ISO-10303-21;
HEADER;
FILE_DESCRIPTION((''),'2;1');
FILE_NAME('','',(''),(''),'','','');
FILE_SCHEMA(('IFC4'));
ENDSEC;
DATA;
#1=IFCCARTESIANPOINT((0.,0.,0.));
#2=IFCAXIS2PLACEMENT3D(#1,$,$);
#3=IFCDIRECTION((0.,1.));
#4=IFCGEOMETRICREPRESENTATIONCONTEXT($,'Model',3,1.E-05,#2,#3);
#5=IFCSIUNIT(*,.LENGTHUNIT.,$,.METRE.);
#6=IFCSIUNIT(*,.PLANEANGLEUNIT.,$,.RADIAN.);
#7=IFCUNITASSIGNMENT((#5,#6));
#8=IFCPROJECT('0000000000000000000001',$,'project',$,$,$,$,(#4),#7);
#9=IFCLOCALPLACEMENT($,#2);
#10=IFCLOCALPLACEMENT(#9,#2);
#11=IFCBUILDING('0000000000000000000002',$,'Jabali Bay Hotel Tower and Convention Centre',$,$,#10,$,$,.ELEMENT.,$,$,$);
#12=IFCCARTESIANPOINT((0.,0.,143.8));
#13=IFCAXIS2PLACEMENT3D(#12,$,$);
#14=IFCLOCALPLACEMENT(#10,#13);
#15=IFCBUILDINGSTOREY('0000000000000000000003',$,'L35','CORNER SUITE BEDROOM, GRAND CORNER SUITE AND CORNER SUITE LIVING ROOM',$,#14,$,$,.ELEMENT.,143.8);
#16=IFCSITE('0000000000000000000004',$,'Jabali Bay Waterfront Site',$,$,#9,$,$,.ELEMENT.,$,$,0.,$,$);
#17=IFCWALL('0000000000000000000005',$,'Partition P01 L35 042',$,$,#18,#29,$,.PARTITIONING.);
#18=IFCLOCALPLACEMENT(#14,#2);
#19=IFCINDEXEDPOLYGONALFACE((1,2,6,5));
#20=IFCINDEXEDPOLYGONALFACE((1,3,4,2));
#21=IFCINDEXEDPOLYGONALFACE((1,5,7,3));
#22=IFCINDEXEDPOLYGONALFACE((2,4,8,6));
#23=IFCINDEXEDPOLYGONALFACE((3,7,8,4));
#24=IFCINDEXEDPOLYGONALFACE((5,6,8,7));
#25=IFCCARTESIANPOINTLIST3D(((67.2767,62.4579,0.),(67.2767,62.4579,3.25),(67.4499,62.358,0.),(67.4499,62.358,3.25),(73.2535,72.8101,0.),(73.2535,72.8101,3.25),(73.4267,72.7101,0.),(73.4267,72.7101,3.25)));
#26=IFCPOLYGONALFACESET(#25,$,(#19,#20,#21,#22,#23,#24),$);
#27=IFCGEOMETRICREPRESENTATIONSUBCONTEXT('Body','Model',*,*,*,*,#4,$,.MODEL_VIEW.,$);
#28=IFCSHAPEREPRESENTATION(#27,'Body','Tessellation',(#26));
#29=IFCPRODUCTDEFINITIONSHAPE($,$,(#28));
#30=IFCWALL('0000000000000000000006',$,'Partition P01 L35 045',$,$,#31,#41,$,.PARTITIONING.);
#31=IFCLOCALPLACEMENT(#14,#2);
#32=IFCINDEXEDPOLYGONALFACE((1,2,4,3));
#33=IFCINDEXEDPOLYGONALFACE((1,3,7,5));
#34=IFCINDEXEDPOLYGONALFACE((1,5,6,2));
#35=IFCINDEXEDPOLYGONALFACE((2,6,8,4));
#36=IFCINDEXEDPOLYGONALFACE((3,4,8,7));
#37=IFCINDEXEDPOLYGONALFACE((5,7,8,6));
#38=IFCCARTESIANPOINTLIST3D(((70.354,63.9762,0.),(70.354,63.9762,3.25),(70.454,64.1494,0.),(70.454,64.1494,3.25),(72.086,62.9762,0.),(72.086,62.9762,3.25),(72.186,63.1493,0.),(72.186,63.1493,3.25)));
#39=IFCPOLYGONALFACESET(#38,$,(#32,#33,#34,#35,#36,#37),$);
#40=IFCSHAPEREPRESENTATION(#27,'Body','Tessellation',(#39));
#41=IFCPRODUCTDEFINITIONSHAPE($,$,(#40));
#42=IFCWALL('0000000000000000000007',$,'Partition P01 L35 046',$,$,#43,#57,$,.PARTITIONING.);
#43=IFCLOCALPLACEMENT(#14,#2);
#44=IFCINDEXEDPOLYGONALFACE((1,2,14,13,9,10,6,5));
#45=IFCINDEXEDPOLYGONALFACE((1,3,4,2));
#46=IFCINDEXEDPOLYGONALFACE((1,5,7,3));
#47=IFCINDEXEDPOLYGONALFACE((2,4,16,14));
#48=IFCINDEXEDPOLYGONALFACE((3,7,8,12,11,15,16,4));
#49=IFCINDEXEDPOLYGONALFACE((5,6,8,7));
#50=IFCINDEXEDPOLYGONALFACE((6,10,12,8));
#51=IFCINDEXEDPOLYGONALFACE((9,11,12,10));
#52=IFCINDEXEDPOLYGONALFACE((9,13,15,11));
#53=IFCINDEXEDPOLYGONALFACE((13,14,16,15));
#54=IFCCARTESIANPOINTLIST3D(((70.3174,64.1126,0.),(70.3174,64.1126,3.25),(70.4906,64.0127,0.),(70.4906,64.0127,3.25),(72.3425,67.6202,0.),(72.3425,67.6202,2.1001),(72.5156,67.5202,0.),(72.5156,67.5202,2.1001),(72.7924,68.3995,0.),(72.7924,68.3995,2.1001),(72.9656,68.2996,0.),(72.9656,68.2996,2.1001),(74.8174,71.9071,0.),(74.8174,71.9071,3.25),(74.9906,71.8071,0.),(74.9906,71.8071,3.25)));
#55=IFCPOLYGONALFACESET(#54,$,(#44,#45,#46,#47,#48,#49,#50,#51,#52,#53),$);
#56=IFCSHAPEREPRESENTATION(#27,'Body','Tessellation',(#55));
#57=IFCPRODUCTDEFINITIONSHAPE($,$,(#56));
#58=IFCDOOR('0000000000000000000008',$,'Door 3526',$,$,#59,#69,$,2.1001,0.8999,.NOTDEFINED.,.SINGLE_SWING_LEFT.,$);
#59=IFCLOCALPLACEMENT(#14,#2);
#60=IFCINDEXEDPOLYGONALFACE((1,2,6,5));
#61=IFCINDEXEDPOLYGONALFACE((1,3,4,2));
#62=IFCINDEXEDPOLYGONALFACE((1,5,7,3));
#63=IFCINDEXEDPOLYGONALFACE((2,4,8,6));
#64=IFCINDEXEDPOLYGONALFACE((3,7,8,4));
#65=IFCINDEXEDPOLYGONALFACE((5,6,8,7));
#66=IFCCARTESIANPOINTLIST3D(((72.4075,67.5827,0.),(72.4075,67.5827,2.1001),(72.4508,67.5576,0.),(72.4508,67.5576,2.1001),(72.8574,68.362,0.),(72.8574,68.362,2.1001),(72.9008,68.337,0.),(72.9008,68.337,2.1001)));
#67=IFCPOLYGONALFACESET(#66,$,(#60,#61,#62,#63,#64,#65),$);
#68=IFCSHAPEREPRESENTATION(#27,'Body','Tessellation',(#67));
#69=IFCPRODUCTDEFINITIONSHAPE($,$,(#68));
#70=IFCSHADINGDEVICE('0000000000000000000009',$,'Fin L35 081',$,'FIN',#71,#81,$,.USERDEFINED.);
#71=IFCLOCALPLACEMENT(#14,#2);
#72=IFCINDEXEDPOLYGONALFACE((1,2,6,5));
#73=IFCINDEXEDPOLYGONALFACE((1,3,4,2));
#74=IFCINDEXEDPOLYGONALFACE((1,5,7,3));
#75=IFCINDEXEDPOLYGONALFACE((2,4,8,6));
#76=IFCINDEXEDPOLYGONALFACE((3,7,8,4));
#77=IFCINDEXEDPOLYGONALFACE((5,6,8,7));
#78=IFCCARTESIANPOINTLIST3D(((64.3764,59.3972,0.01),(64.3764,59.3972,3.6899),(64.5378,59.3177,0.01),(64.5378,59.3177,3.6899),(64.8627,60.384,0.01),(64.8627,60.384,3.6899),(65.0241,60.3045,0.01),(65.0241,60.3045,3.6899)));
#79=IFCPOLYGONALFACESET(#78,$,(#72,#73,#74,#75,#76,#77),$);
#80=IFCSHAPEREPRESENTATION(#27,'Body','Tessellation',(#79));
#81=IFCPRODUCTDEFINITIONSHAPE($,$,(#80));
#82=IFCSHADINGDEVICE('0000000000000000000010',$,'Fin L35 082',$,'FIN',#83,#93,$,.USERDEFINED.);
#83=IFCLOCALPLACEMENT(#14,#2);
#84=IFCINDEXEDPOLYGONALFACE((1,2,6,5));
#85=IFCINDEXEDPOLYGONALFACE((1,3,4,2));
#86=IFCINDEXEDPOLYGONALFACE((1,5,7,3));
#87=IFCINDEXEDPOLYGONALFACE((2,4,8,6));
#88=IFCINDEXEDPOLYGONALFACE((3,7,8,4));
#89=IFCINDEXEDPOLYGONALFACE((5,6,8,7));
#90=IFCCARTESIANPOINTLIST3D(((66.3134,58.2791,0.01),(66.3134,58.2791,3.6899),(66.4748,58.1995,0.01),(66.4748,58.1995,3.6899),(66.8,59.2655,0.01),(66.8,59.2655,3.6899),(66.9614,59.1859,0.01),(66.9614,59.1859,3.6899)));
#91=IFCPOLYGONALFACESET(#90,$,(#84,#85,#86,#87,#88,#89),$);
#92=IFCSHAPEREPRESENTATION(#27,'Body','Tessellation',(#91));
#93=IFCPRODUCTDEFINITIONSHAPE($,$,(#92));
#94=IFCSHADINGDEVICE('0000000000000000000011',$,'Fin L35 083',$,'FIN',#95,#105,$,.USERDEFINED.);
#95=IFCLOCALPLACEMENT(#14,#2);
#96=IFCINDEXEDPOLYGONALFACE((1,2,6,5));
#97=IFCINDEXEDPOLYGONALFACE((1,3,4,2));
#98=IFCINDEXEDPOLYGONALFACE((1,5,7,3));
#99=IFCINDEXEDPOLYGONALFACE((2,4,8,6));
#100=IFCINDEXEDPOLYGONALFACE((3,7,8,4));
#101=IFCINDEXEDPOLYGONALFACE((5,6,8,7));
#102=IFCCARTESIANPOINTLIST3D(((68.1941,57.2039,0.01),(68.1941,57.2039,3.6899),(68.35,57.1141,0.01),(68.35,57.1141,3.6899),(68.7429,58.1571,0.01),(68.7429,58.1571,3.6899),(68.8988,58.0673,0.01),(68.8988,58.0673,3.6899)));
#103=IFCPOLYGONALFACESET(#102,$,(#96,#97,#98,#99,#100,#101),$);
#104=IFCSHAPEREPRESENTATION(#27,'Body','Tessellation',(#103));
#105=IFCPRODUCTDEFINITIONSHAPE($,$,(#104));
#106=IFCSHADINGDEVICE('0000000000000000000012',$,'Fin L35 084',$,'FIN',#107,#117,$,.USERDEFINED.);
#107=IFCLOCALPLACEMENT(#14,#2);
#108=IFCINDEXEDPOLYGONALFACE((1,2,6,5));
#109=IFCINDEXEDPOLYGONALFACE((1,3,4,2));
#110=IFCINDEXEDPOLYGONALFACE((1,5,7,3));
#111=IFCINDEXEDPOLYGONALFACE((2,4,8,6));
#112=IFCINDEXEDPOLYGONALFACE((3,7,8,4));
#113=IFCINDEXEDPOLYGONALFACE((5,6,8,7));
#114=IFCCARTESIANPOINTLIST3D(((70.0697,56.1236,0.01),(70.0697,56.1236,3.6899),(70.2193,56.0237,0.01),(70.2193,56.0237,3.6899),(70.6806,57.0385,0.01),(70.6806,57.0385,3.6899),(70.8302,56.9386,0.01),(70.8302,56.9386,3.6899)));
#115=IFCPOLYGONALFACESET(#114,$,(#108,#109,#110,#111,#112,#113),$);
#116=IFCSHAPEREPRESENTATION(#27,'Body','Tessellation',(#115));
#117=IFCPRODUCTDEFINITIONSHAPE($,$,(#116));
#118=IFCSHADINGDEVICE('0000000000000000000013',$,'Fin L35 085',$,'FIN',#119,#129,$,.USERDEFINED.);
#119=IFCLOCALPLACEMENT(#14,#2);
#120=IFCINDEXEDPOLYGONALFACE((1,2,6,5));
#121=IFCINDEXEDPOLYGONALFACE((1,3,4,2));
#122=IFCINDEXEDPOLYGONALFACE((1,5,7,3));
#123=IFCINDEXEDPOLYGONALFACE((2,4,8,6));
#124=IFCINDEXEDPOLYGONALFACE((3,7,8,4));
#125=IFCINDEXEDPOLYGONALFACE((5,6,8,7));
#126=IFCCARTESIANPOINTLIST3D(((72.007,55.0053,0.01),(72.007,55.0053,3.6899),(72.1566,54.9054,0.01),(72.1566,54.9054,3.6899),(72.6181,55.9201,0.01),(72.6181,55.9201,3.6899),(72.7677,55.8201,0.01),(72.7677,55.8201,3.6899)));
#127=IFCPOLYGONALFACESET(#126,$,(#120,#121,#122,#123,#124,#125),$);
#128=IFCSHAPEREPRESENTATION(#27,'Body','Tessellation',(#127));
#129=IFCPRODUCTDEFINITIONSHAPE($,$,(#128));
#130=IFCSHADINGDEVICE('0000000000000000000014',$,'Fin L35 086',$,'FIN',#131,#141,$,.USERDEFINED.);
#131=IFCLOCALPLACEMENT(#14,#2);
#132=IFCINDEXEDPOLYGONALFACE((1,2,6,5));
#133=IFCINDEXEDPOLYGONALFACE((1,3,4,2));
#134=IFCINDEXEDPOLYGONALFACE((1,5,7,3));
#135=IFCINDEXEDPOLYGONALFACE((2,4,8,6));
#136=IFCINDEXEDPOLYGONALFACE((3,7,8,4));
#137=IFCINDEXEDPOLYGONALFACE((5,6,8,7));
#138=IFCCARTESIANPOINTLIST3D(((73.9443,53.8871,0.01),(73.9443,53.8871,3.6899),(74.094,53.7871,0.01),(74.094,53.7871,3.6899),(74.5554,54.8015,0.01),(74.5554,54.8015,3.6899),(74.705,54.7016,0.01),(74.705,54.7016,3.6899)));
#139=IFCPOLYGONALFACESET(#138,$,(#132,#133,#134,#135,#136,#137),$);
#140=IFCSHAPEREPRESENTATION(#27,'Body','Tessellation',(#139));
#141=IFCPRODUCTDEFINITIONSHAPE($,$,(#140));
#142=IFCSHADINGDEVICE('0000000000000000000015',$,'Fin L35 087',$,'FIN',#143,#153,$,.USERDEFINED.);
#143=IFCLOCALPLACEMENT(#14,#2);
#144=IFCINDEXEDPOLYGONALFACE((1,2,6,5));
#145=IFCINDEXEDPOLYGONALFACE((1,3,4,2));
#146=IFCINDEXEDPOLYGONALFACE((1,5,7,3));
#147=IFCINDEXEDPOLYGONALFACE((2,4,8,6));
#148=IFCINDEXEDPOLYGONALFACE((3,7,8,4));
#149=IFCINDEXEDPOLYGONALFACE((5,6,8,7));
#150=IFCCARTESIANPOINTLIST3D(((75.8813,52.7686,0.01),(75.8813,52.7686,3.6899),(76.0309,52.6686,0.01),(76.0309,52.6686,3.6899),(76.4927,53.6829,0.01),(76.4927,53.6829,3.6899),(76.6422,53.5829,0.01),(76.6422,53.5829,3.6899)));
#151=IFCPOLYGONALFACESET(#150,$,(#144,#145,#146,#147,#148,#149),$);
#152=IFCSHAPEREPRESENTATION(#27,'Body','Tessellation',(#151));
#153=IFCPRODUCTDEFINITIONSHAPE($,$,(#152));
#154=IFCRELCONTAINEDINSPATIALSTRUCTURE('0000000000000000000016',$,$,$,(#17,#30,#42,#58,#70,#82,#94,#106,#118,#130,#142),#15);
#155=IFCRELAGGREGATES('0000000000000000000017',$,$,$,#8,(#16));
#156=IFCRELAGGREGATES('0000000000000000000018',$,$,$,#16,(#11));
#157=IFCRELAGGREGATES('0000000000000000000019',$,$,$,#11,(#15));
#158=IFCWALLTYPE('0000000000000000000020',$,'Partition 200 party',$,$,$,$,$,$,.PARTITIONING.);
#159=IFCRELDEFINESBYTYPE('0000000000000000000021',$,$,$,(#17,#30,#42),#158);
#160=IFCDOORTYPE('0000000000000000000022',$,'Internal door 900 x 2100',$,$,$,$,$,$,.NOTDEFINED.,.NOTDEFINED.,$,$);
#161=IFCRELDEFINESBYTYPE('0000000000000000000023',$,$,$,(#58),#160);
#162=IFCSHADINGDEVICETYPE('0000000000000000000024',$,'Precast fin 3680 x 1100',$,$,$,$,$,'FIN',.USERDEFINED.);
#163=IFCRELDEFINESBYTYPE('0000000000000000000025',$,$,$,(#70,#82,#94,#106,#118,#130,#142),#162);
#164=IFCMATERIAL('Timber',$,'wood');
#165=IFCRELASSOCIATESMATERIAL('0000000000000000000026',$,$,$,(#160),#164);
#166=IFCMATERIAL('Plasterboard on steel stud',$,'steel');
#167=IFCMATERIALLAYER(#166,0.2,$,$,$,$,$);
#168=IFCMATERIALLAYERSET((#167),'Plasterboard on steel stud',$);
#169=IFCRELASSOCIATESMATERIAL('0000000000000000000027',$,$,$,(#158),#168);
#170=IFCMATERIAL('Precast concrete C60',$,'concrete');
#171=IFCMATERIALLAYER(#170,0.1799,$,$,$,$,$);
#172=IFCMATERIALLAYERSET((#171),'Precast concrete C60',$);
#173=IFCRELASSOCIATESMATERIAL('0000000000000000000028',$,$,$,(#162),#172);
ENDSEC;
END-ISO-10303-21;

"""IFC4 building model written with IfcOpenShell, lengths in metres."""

from ifc_helpers import new_model, si_unit, direction, frame, frame_2d, origin, place, context, subcontext, project, spatial, rectangle, extrude, material, layer, layer_set, type_object, element, fill, save


model = new_model("IFC4")

# Units and contexts
model_context = context("Model", 3, precision=1e-05, world=origin(), true_north=direction((0.0, 1.0)))
body_context = subcontext(model_context, "Body", "Model", "MODEL_VIEW")
ifc_project = project(units=[si_unit("LENGTHUNIT", "METRE"), si_unit("PLANEANGLEUNIT", "RADIAN")], contexts=[model_context])

# Site, building, storey
site_placement = place(None, origin())
site = spatial("IfcSite", under=ifc_project, at=site_placement, Name="Jabali Bay Waterfront Site", CompositionType="ELEMENT", RefElevation=0.0)
building_placement = place(site_placement, origin())
building = spatial("IfcBuilding", under=site, at=building_placement, Name="Jabali Bay Hotel Tower and Convention Centre", CompositionType="ELEMENT")
storey_placement = place(building_placement, frame((0.0, 0.0, 143.8)))
storey = spatial("IfcBuildingStorey", under=building, at=storey_placement, Name="L35", Description="CORNER SUITE BEDROOM, GRAND CORNER SUITE AND CORNER SUITE LIVING ROOM", CompositionType="ELEMENT", Elevation=143.8)

# Shared definitions
ifc_material_1 = material(Name="Plasterboard on steel stud", Category="steel")
ifc_material_2 = material(Name="Timber", Category="wood")
door_type_1 = type_object("IfcDoorType", Name="Internal door 900 x 2100", OperationType="NOTDEFINED", PredefinedType="NOTDEFINED", material=ifc_material_2)

# Walls
ifc_layer_1 = layer(ifc_material_1, 0.2)
ifc_layer_set_1 = layer_set([ifc_layer_1], Name="Plasterboard on steel stud")
wall_type_1 = type_object("IfcWallType", Name="Partition 200 party", PredefinedType="PARTITIONING", material=ifc_layer_set_1)
wall_1_placement = place(storey_placement, frame((67.3633, 62.408, 0.0), z_axis=(0.0, 0.0, 1.0), x_axis=(0.500003, 0.866024, 0.0)))
element("IfcWall", 1, at=wall_1_placement, inside=storey, type_object=wall_type_1, Name="Partition P01 L35 042", PredefinedType="PARTITIONING", context=body_context, shape_type="SweptSolid", body=[
    extrude(rectangle(XDim=11.9536, YDim=0.2, at=frame_2d((5.9768, 0.0))), origin(), (0.0, 0.0, 1.0), 3.25),
])
wall_2_placement = place(storey_placement, frame((72.136, 63.0627, 0.0), z_axis=(0.0, 0.0, 1.0), x_axis=(-0.866011, 0.500025, 0.0)))
element("IfcWall", 2, at=wall_2_placement, inside=storey, type_object=wall_type_1, Name="Partition P01 L35 045", PredefinedType="PARTITIONING", context=body_context, shape_type="SweptSolid", body=[
    extrude(rectangle(XDim=2.0, YDim=0.2, at=frame_2d((1.0, 0.0))), origin(), (0.0, 0.0, 1.0), 3.25),
])

# Wall, opening, door
wall_3_placement = place(storey_placement, frame((70.4041, 64.0627, 0.0), z_axis=(0.0, 0.0, 1.0), x_axis=(0.49999, 0.866031, 0.0)))
wall_3 = element("IfcWall", 3, at=wall_3_placement, inside=storey, type_object=wall_type_1, Name="Partition P01 L35 046", PredefinedType="PARTITIONING", context=body_context, shape_type="SweptSolid", body=[
    extrude(rectangle(XDim=9.0002, YDim=0.2, at=frame_2d((4.5, 0.0))), origin(), (0.0, 0.0, 1.0), 3.25),
])
opening_1_placement = place(wall_3_placement, frame((4.05, 0.0, 0.0)))
opening_1 = element("IfcOpeningElement", 4, at=opening_1_placement, cuts=wall_3, PredefinedType="OPENING", context=body_context, shape_type="SweptSolid", body=[
    extrude(rectangle(XDim=0.8999, YDim=2.1001, at=frame_2d((0.45, 1.05))), frame((0.0, 0.1104, 0.0), z_axis=(0.0, -1.0, 0.0), x_axis=(1.0, 0.0, 0.0)), (0.0, 0.0, 1.0), 0.2209),
])
door_1_placement = place(opening_1_placement, origin())
door_1 = element("IfcDoor", 5, at=door_1_placement, inside=storey, type_object=door_type_1, Name="Door 3526", OperationType="SINGLE_SWING_LEFT", OverallHeight=2.1001, OverallWidth=0.8999, PredefinedType="NOTDEFINED", context=body_context, shape_type="SweptSolid", body=[
    extrude(rectangle(XDim=0.8999, YDim=2.1001, at=frame_2d((0.45, 1.05))), frame((0.0, 0.0249, 0.0), z_axis=(0.0, -1.0, 0.0), x_axis=(1.0, 0.0, 0.0)), (0.0, 0.0, 1.0), 0.05),
])
fill(opening_1, door_1)

# Shading devices
ifc_material_3 = material(Name="Precast concrete C60", Category="concrete")
ifc_layer_2 = layer(ifc_material_3, 0.1799)
ifc_layer_set_2 = layer_set([ifc_layer_2], Name="Precast concrete C60")
shading_device_type = type_object("IfcShadingDeviceType", Name="Precast fin 3680 x 1100", ElementType="FIN", PredefinedType="USERDEFINED", material=ifc_layer_set_2)
shading_device_placement = place(storey_placement, frame((64.9434, 60.3442, 0.01), z_axis=(0.0, 0.0, 1.0), x_axis=(-0.442058, -0.896987, 0.0)))
element("IfcShadingDevice", 6, at=shading_device_placement, inside=storey, type_object=shading_device_type, Name="Fin L35 081", ObjectType="FIN", PredefinedType="USERDEFINED", context=body_context, shape_type="SweptSolid", body=[
    extrude(rectangle(XDim=1.1001, YDim=0.1799, at=frame_2d((0.55, 0.0))), origin(), (0.0, 0.0, 1.0), 3.6799),
])
for number, where, z_axis, x_axis, name in (
    (7, (66.8806, 59.2256, 0.01), (0.0, 0.0, 1.0), (-0.442412, -0.896812, 0.0), "Fin L35 082"),
    (8, (68.8208, 58.1121, 0.01), (0.0, 0.0, 1.0), (-0.499005, -0.866599, 0.0), "Fin L35 083"),
):
    element("IfcShadingDevice", number, at=place(storey_placement, frame(where, z_axis=z_axis, x_axis=x_axis)), inside=storey, type_object=shading_device_type, Name=name, ObjectType="FIN", PredefinedType="USERDEFINED", context=body_context, shape_type="SweptSolid", body=[
        extrude(rectangle(XDim=1.0999, YDim=0.1799, at=frame_2d((0.5498, 0.0))), origin(), (0.0, 0.0, 1.0), 3.6799),
    ])
for number, where, z_axis, x_axis, name in (
    (9, (70.7554, 56.9885, 0.01), (0.0, 0.0, 1.0), (-0.555315, -0.83164, 0.0), "Fin L35 084"),
    (10, (72.6929, 55.8701, 0.01), (0.0, 0.0, 1.0), (-0.555468, -0.831538, 0.0), "Fin L35 085"),
):
    element("IfcShadingDevice", number, at=place(storey_placement, frame(where, z_axis=z_axis, x_axis=x_axis)), inside=storey, type_object=shading_device_type, Name=name, ObjectType="FIN", PredefinedType="USERDEFINED", context=body_context, shape_type="SweptSolid", body=[
        extrude(rectangle(XDim=1.1001, YDim=0.1799, at=frame_2d((0.55, 0.0))), origin(), (0.0, 0.0, 1.0), 3.6799),
    ])
for number, where, z_axis, x_axis, name in (
    (11, (74.6301, 54.7515, 0.01), (0.0, 0.0, 1.0), (-0.555571, -0.831469, 0.0), "Fin L35 086"),
    (12, (76.5674, 53.6328, 0.01), (0.0, 0.0, 1.0), (-0.555827, -0.831298, 0.0), "Fin L35 087"),
):
    element("IfcShadingDevice", number, at=place(storey_placement, frame(where, z_axis=z_axis, x_axis=x_axis)), inside=storey, type_object=shading_device_type, Name=name, ObjectType="FIN", PredefinedType="USERDEFINED", context=body_context, shape_type="SweptSolid", body=[
        extrude(rectangle(XDim=1.0999, YDim=0.1799, at=frame_2d((0.5498, 0.0))), origin(), (0.0, 0.0, 1.0), 3.6799),
    ])

save(model, "model.ifc")
